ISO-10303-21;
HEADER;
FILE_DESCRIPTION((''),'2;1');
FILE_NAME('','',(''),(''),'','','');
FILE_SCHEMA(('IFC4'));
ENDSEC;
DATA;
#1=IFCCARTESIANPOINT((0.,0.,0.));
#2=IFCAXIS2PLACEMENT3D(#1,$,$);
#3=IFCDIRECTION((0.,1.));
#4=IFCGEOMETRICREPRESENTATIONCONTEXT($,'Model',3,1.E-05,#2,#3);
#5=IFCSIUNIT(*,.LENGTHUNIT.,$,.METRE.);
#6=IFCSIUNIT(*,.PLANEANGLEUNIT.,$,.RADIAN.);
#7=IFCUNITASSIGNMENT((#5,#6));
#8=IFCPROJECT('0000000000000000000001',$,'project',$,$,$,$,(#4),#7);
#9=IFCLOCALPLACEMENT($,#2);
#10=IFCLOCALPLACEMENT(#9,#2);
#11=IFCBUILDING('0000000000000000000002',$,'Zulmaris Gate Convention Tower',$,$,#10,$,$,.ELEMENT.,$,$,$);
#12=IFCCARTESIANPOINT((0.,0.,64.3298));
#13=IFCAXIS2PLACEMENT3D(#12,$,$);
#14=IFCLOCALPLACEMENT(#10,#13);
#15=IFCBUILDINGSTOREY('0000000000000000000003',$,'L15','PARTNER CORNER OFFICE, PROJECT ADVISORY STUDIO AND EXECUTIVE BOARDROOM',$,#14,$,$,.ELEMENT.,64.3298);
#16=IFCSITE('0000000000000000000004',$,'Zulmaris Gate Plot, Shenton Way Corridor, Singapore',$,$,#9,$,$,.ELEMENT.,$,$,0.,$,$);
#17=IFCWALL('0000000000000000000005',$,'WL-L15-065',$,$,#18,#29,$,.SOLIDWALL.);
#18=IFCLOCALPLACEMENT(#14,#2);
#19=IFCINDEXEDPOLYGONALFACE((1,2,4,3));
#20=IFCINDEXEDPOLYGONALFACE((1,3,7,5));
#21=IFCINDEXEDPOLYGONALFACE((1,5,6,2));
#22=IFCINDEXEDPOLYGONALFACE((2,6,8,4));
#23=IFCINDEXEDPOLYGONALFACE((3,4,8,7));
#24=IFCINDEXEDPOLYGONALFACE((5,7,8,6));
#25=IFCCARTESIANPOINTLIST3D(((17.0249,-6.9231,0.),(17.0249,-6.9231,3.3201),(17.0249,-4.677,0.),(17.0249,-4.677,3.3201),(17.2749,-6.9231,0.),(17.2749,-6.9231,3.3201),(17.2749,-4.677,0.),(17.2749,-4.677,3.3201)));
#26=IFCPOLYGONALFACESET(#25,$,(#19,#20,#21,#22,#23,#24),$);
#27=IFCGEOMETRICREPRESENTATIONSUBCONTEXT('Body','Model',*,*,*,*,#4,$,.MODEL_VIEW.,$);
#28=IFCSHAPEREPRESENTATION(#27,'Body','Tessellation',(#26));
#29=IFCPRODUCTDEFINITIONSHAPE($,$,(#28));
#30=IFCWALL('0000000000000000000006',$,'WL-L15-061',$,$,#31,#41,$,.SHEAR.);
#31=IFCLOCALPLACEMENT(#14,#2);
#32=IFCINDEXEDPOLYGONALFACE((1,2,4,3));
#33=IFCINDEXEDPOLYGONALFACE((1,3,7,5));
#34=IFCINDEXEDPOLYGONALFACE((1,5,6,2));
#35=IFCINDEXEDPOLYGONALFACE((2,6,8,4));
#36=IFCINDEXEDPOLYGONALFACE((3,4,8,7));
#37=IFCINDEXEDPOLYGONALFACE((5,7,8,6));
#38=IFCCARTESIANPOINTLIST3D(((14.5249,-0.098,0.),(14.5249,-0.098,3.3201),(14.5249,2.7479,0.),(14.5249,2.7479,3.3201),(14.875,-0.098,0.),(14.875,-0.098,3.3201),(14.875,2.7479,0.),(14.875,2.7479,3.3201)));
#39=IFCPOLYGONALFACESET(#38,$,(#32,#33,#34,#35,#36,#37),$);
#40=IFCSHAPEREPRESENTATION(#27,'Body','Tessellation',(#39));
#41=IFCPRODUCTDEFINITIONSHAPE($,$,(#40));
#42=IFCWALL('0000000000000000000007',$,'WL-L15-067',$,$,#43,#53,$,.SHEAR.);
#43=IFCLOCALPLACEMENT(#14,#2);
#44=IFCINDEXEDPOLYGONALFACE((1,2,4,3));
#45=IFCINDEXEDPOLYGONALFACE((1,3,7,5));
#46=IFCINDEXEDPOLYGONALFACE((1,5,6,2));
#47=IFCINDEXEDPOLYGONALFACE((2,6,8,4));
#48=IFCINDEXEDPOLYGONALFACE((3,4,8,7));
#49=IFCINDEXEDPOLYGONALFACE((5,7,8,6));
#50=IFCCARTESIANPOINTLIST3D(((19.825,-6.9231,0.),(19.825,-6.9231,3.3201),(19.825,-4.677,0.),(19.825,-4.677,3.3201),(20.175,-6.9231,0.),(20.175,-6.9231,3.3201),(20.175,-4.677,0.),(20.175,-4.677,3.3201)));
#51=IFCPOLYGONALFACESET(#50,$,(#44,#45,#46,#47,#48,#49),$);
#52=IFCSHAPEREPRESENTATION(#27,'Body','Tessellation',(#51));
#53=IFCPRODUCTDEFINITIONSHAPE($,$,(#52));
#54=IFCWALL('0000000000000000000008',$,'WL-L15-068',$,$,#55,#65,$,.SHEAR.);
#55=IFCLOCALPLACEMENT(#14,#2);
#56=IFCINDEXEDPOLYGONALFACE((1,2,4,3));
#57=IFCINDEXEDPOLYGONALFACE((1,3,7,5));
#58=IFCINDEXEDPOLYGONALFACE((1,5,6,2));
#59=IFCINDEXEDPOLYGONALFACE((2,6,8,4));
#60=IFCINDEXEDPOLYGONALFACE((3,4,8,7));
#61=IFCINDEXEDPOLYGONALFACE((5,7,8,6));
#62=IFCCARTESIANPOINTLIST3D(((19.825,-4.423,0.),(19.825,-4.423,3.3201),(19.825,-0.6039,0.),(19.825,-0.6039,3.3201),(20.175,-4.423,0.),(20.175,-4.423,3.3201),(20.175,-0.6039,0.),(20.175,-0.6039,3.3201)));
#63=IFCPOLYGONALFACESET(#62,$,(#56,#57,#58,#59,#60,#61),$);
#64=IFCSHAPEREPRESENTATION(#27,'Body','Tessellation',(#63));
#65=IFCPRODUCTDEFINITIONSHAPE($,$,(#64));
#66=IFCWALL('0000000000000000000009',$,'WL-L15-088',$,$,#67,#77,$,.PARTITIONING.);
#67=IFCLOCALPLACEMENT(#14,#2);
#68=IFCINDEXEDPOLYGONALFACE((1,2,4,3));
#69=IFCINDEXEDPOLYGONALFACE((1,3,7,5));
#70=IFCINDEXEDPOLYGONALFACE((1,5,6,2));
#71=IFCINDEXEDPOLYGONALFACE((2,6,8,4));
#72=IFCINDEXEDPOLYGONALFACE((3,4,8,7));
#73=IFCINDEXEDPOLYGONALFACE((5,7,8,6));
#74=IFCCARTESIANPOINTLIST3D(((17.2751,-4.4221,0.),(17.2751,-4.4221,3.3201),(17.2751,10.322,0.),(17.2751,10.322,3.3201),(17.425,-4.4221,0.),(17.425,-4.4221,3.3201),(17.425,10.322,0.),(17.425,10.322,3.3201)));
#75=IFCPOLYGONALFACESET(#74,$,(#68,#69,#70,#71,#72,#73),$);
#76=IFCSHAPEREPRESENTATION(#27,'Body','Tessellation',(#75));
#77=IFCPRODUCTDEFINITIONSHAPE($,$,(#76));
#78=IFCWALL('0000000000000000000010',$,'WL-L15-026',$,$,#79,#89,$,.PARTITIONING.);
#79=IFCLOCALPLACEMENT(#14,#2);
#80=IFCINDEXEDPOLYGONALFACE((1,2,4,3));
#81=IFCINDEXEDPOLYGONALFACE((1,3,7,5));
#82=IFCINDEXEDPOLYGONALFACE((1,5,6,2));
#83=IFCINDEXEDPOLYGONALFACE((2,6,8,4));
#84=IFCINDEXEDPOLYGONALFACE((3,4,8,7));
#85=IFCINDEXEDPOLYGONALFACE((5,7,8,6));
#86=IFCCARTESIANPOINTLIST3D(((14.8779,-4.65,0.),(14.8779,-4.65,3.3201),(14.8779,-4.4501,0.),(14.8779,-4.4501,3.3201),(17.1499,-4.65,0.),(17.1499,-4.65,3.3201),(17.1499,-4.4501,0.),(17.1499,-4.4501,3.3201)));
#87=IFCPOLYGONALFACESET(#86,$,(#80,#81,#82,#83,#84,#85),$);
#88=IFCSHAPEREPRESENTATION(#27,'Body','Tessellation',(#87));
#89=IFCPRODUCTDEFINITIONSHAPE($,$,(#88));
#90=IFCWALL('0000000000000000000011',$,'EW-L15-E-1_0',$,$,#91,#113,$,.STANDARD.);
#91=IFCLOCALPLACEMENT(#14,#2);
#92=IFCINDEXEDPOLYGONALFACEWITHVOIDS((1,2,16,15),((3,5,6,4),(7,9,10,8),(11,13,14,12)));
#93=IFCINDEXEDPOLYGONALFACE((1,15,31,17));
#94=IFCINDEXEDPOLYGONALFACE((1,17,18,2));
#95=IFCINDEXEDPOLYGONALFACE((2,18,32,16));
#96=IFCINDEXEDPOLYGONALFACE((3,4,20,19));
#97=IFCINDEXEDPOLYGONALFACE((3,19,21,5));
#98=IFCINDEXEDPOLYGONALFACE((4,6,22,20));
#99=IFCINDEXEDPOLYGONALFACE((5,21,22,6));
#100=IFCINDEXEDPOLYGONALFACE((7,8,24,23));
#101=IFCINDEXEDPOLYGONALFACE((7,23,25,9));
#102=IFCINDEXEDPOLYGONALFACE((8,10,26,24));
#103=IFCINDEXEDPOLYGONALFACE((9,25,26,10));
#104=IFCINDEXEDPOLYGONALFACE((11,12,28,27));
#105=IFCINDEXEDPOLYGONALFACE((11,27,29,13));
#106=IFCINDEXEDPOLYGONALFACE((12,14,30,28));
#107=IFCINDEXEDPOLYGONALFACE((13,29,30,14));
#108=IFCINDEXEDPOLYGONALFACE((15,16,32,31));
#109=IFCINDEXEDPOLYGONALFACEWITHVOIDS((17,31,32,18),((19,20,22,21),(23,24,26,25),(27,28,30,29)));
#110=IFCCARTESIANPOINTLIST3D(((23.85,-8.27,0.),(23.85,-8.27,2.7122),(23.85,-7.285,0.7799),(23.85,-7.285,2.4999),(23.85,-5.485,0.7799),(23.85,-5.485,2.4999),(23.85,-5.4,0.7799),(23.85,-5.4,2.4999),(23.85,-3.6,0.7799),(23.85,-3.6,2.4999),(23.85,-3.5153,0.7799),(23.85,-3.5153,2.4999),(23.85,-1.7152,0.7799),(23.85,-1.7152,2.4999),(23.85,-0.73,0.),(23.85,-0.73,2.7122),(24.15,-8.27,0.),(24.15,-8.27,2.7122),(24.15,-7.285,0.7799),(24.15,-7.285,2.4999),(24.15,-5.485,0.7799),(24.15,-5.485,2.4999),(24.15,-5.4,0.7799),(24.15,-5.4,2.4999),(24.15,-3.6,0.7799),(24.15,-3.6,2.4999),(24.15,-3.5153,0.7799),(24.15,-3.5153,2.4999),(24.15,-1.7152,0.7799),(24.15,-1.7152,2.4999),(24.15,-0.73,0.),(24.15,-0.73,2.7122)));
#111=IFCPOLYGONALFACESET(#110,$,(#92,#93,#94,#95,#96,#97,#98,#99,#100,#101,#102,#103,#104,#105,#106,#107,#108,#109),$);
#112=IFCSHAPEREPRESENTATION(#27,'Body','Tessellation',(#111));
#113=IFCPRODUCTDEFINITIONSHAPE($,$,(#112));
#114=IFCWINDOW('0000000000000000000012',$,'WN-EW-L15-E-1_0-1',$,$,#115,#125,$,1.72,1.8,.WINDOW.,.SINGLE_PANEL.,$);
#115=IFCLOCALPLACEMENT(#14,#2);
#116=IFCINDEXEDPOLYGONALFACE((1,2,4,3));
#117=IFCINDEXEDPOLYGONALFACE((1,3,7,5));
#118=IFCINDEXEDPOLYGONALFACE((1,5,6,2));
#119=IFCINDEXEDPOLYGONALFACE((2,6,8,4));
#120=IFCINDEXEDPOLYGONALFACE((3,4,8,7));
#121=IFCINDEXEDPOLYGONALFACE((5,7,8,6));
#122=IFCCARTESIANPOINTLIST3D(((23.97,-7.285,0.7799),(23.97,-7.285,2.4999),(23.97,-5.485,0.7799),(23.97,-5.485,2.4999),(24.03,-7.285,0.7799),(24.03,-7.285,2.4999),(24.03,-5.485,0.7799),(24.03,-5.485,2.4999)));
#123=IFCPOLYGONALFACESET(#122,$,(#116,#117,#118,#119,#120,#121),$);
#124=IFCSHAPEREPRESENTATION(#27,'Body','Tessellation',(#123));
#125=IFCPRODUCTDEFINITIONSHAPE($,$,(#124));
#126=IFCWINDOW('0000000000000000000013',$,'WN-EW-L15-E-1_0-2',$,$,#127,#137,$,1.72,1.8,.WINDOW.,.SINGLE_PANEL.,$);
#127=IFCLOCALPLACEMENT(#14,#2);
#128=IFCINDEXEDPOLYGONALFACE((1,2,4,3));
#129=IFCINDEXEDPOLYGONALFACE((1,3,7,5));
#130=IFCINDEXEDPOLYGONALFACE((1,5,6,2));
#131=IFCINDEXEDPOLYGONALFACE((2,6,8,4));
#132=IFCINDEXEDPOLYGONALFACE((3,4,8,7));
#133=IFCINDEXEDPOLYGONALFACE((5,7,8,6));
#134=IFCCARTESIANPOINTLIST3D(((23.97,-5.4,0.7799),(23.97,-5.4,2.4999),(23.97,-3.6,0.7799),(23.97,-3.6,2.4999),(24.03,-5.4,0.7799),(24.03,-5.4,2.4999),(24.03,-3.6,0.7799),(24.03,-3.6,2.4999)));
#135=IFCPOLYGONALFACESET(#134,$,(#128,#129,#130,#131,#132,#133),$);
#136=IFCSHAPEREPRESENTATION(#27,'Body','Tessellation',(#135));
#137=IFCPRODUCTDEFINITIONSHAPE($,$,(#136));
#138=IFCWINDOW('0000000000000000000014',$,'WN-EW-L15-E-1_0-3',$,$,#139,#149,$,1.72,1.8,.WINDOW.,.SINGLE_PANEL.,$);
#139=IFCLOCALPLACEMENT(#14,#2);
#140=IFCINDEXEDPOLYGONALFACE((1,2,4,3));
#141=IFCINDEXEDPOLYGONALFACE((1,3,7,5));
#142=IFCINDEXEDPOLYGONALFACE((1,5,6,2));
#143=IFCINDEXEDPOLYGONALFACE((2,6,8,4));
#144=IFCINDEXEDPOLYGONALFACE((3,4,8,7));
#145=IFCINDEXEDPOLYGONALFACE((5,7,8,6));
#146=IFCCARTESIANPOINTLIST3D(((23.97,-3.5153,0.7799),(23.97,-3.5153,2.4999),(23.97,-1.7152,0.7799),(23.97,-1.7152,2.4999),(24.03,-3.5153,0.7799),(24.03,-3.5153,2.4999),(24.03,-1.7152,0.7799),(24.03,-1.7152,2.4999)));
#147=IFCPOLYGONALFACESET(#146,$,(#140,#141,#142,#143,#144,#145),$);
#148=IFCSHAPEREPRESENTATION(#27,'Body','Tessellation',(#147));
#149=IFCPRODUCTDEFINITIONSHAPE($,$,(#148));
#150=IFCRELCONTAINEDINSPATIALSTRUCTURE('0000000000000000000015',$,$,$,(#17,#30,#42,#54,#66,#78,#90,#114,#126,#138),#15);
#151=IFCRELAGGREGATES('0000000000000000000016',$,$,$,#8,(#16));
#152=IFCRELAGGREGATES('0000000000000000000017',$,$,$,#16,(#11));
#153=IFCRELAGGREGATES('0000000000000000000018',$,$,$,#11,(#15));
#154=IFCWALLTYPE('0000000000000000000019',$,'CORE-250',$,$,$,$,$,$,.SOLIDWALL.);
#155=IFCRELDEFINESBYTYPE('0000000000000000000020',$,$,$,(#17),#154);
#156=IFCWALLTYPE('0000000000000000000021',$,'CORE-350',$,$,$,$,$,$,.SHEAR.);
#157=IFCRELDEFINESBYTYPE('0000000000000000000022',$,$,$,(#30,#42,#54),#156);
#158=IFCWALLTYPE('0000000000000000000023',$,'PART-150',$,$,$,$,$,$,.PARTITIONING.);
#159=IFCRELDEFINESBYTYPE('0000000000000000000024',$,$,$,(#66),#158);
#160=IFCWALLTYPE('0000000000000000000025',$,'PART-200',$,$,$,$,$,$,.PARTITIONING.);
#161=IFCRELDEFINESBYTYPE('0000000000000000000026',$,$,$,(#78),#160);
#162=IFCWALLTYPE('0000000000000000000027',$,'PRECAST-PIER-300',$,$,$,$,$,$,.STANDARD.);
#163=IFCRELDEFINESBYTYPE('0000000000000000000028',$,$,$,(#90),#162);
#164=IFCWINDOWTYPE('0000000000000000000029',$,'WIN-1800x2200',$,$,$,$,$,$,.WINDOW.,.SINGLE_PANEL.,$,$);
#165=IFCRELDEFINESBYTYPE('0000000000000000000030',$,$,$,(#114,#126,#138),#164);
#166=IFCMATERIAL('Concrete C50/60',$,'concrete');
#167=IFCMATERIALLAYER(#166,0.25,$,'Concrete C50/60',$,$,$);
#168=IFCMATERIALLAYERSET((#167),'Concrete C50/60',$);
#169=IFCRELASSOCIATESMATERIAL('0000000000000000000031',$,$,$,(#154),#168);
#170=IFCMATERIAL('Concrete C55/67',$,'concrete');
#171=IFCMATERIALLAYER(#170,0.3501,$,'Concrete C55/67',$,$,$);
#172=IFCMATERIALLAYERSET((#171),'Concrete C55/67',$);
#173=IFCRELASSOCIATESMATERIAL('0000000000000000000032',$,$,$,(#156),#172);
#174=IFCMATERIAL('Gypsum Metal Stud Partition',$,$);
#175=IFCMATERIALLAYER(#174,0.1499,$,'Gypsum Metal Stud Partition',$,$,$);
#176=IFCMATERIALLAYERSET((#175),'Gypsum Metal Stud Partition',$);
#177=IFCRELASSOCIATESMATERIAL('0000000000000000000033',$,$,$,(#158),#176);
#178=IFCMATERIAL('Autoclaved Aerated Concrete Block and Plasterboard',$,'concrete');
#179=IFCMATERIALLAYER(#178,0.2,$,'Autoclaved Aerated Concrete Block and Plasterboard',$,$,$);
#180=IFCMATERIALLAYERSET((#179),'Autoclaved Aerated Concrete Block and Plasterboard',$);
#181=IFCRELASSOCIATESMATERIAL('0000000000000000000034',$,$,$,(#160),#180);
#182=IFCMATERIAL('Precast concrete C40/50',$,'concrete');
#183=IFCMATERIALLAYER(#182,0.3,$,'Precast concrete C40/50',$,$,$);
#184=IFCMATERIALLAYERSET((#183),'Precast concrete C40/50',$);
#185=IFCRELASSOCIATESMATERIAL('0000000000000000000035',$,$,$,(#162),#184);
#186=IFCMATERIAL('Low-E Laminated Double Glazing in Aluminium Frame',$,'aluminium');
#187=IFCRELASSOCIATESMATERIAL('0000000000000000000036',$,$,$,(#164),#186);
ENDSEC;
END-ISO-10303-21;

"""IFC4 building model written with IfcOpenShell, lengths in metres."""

from ifc_helpers import new_model, si_unit, direction, frame, frame_2d, origin, place, context, subcontext, project, spatial, rectangle, extrude, material, layer, layer_set, type_object, element, fill, save


model = new_model("IFC4")

# Units and contexts
model_context = context("Model", 3, precision=1e-05, world=origin(), true_north=direction((0.0, 1.0)))
body_context = subcontext(model_context, "Body", "Model", "MODEL_VIEW")
ifc_project = project(units=[si_unit("LENGTHUNIT", "METRE"), si_unit("PLANEANGLEUNIT", "RADIAN")], contexts=[model_context])

# Site, building, storey
site_placement = place(None, origin())
site = spatial("IfcSite", under=ifc_project, at=site_placement, Name="Zulmaris Gate Plot, Shenton Way Corridor, Singapore", CompositionType="ELEMENT", RefElevation=0.0)
building_placement = place(site_placement, origin())
building = spatial("IfcBuilding", under=site, at=building_placement, Name="Zulmaris Gate Convention Tower", CompositionType="ELEMENT")
storey_placement = place(building_placement, frame((0.0, 0.0, 64.3298)))
storey = spatial("IfcBuildingStorey", under=building, at=storey_placement, Name="L15", Description="PARTNER CORNER OFFICE, PROJECT ADVISORY STUDIO AND EXECUTIVE BOARDROOM", CompositionType="ELEMENT", Elevation=64.3298)

# Walls
ifc_material_1 = material(Name="Concrete C50/60", Category="concrete")
ifc_layer_1 = layer(ifc_material_1, 0.25, Name="Concrete C50/60")
ifc_layer_set_1 = layer_set([ifc_layer_1], Name="Concrete C50/60")
wall_type_1 = type_object("IfcWallType", Name="CORE-250", PredefinedType="SOLIDWALL", material=ifc_layer_set_1)
wall_1_placement = place(storey_placement, frame((17.1499, -6.9231, 0.0), z_axis=(0.0, 0.0, 1.0), x_axis=(0.0, 1.0, 0.0)))
element("IfcWall", 1, at=wall_1_placement, inside=storey, type_object=wall_type_1, Name="WL-L15-065", PredefinedType="SOLIDWALL", context=body_context, shape_type="SweptSolid", body=[
    extrude(rectangle(XDim=2.2461, YDim=0.25, at=frame_2d((1.123, 0.0))), origin(), (0.0, 0.0, 1.0), 3.3201),
])
ifc_material_2 = material(Name="Concrete C55/67", Category="concrete")
ifc_layer_2 = layer(ifc_material_2, 0.3501, Name="Concrete C55/67")
ifc_layer_set_2 = layer_set([ifc_layer_2], Name="Concrete C55/67")
wall_type_2 = type_object("IfcWallType", Name="CORE-350", PredefinedType="SHEAR", material=ifc_layer_set_2)
wall_2_placement = place(storey_placement, frame((14.7, -0.0979, 0.0), z_axis=(0.0, 0.0, 1.0), x_axis=(0.0, 1.0, 0.0)))
element("IfcWall", 2, at=wall_2_placement, inside=storey, type_object=wall_type_2, Name="WL-L15-061", PredefinedType="SHEAR", context=body_context, shape_type="SweptSolid", body=[
    extrude(rectangle(XDim=2.8459, YDim=0.3501, at=frame_2d((1.4229, 0.0))), origin(), (0.0, 0.0, 1.0), 3.3201),
])
wall_3_placement = place(storey_placement, frame((20.0, -6.9231, 0.0), z_axis=(0.0, 0.0, 1.0), x_axis=(0.0, 1.0, 0.0)))
element("IfcWall", 3, at=wall_3_placement, inside=storey, type_object=wall_type_2, Name="WL-L15-067", PredefinedType="SHEAR", context=body_context, shape_type="SweptSolid", body=[
    extrude(rectangle(XDim=2.2461, YDim=0.3501, at=frame_2d((1.123, 0.0))), origin(), (0.0, 0.0, 1.0), 3.3201),
])
wall_4_placement = place(storey_placement, frame((20.0, -4.4231, 0.0), z_axis=(0.0, 0.0, 1.0), x_axis=(0.0, 1.0, 0.0)))
element("IfcWall", 4, at=wall_4_placement, inside=storey, type_object=wall_type_2, Name="WL-L15-068", PredefinedType="SHEAR", context=body_context, shape_type="SweptSolid", body=[
    extrude(rectangle(XDim=3.8191, YDim=0.3501, at=frame_2d((1.9097, 0.0))), origin(), (0.0, 0.0, 1.0), 3.3201),
])

# Shared definitions
ifc_material_3 = material(Name="Gypsum Metal Stud Partition")
ifc_layer_3 = layer(ifc_material_3, 0.1499, Name="Gypsum Metal Stud Partition")
ifc_layer_set_3 = layer_set([ifc_layer_3], Name="Gypsum Metal Stud Partition")
wall_type_3 = type_object("IfcWallType", Name="PART-150", PredefinedType="PARTITIONING", material=ifc_layer_set_3)

# Walls
wall_5_placement = place(storey_placement, frame((17.3501, -4.4221, 0.0), z_axis=(0.0, 0.0, 1.0), x_axis=(0.0, 1.0, 0.0)))
element("IfcWall", 5, at=wall_5_placement, inside=storey, type_object=wall_type_3, Name="WL-L15-088", PredefinedType="PARTITIONING", context=body_context, shape_type="SweptSolid", body=[
    extrude(rectangle(XDim=14.7441, YDim=0.1499, at=frame_2d((7.3721, 0.0))), origin(), (0.0, 0.0, 1.0), 3.3201),
])
ifc_material_4 = material(Name="Autoclaved Aerated Concrete Block and Plasterboard", Category="concrete")
ifc_layer_4 = layer(ifc_material_4, 0.2, Name="Autoclaved Aerated Concrete Block and Plasterboard")
ifc_layer_set_4 = layer_set([ifc_layer_4], Name="Autoclaved Aerated Concrete Block and Plasterboard")
wall_type_4 = type_object("IfcWallType", Name="PART-200", PredefinedType="PARTITIONING", material=ifc_layer_set_4)
wall_6_placement = place(storey_placement, frame((14.8779, -4.55, 0.0), z_axis=(0.0, 0.0, 1.0), x_axis=(1.0, 0.0, 0.0)))
element("IfcWall", 6, at=wall_6_placement, inside=storey, type_object=wall_type_4, Name="WL-L15-026", PredefinedType="PARTITIONING", context=body_context, shape_type="SweptSolid", body=[
    extrude(rectangle(XDim=2.272, YDim=0.2, at=frame_2d((1.136, 0.0))), origin(), (0.0, 0.0, 1.0), 3.3201),
])

# Wall, openings, windows
ifc_material_5 = material(Name="Precast concrete C40/50", Category="concrete")
ifc_layer_5 = layer(ifc_material_5, 0.3, Name="Precast concrete C40/50")
ifc_layer_set_5 = layer_set([ifc_layer_5], Name="Precast concrete C40/50")
wall_type_5 = type_object("IfcWallType", Name="PRECAST-PIER-300", PredefinedType="STANDARD", material=ifc_layer_set_5)
wall_7_placement = place(storey_placement, frame((24.0, -8.27, 0.0), z_axis=(0.0, 0.0, 1.0), x_axis=(0.0, 1.0, 0.0)))
wall_7 = element("IfcWall", 7, at=wall_7_placement, inside=storey, type_object=wall_type_5, Name="EW-L15-E-1_0", PredefinedType="STANDARD", context=body_context, shape_type="SweptSolid", body=[
    extrude(rectangle(XDim=7.54, YDim=0.3, at=frame_2d((3.77, 0.0))), origin(), (0.0, 0.0, 1.0), 2.7122),
])
opening_1_placement = place(wall_7_placement, frame((0.9851, 0.0, 0.78)))
opening_1 = element("IfcOpeningElement", 8, at=opening_1_placement, cuts=wall_7, PredefinedType="OPENING", context=body_context, shape_type="SweptSolid", body=[
    extrude(rectangle(XDim=1.8, YDim=1.72, at=frame_2d((0.8999, 0.8599))), frame((0.0, 0.1602, 0.0), z_axis=(0.0, -1.0, 0.0), x_axis=(1.0, 0.0, 0.0)), (0.0, 0.0, 1.0), 0.3201),
])
opening_2_placement = place(wall_7_placement, frame((2.8701, 0.0, 0.78)))
opening_2 = element("IfcOpeningElement", 9, at=opening_2_placement, cuts=wall_7, PredefinedType="OPENING", context=body_context, shape_type="SweptSolid", body=[
    extrude(rectangle(XDim=1.8, YDim=1.72, at=frame_2d((0.8999, 0.8599))), frame((0.0, 0.1602, 0.0), z_axis=(0.0, -1.0, 0.0), x_axis=(1.0, 0.0, 0.0)), (0.0, 0.0, 1.0), 0.3201),
])
opening_3_placement = place(wall_7_placement, frame((4.7549, 0.0, 0.78)))
opening_3 = element("IfcOpeningElement", 10, at=opening_3_placement, cuts=wall_7, PredefinedType="OPENING", context=body_context, shape_type="SweptSolid", body=[
    extrude(rectangle(XDim=1.8, YDim=1.72, at=frame_2d((0.8999, 0.8599))), frame((0.0, 0.1602, 0.0), z_axis=(0.0, -1.0, 0.0), x_axis=(1.0, 0.0, 0.0)), (0.0, 0.0, 1.0), 0.3201),
])
ifc_material_6 = material(Name="Low-E Laminated Double Glazing in Aluminium Frame", Category="aluminium")
window_type = type_object("IfcWindowType", Name="WIN-1800x2200", PartitioningType="SINGLE_PANEL", PredefinedType="WINDOW", material=ifc_material_6)
window_1_placement = place(opening_1_placement, origin())
window_1 = element("IfcWindow", 11, at=window_1_placement, inside=storey, type_object=window_type, Name="WN-EW-L15-E-1_0-1", OverallHeight=1.72, OverallWidth=1.8, PartitioningType="SINGLE_PANEL", PredefinedType="WINDOW", context=body_context, shape_type="SweptSolid", body=[
    extrude(rectangle(XDim=1.8, YDim=1.72, at=frame_2d((0.8999, 0.8599))), frame((0.0, 0.03, 0.0), z_axis=(0.0, -1.0, 0.0), x_axis=(1.0, 0.0, 0.0)), (0.0, 0.0, 1.0), 0.0601),
])
fill(opening_1, window_1)
window_2_placement = place(opening_2_placement, origin())
window_2 = element("IfcWindow", 12, at=window_2_placement, inside=storey, type_object=window_type, Name="WN-EW-L15-E-1_0-2", OverallHeight=1.72, OverallWidth=1.8, PartitioningType="SINGLE_PANEL", PredefinedType="WINDOW", context=body_context, shape_type="SweptSolid", body=[
    extrude(rectangle(XDim=1.8, YDim=1.72, at=frame_2d((0.8999, 0.8599))), frame((0.0, 0.03, 0.0), z_axis=(0.0, -1.0, 0.0), x_axis=(1.0, 0.0, 0.0)), (0.0, 0.0, 1.0), 0.0601),
])
fill(opening_2, window_2)
window_3_placement = place(opening_3_placement, origin())
window_3 = element("IfcWindow", 13, at=window_3_placement, inside=storey, type_object=window_type, Name="WN-EW-L15-E-1_0-3", OverallHeight=1.72, OverallWidth=1.8, PartitioningType="SINGLE_PANEL", PredefinedType="WINDOW", context=body_context, shape_type="SweptSolid", body=[
    extrude(rectangle(XDim=1.8, YDim=1.72, at=frame_2d((0.8999, 0.8599))), frame((0.0, 0.03, 0.0), z_axis=(0.0, -1.0, 0.0), x_axis=(1.0, 0.0, 0.0)), (0.0, 0.0, 1.0), 0.0601),
])
fill(opening_3, window_3)

save(model, "model.ifc")
